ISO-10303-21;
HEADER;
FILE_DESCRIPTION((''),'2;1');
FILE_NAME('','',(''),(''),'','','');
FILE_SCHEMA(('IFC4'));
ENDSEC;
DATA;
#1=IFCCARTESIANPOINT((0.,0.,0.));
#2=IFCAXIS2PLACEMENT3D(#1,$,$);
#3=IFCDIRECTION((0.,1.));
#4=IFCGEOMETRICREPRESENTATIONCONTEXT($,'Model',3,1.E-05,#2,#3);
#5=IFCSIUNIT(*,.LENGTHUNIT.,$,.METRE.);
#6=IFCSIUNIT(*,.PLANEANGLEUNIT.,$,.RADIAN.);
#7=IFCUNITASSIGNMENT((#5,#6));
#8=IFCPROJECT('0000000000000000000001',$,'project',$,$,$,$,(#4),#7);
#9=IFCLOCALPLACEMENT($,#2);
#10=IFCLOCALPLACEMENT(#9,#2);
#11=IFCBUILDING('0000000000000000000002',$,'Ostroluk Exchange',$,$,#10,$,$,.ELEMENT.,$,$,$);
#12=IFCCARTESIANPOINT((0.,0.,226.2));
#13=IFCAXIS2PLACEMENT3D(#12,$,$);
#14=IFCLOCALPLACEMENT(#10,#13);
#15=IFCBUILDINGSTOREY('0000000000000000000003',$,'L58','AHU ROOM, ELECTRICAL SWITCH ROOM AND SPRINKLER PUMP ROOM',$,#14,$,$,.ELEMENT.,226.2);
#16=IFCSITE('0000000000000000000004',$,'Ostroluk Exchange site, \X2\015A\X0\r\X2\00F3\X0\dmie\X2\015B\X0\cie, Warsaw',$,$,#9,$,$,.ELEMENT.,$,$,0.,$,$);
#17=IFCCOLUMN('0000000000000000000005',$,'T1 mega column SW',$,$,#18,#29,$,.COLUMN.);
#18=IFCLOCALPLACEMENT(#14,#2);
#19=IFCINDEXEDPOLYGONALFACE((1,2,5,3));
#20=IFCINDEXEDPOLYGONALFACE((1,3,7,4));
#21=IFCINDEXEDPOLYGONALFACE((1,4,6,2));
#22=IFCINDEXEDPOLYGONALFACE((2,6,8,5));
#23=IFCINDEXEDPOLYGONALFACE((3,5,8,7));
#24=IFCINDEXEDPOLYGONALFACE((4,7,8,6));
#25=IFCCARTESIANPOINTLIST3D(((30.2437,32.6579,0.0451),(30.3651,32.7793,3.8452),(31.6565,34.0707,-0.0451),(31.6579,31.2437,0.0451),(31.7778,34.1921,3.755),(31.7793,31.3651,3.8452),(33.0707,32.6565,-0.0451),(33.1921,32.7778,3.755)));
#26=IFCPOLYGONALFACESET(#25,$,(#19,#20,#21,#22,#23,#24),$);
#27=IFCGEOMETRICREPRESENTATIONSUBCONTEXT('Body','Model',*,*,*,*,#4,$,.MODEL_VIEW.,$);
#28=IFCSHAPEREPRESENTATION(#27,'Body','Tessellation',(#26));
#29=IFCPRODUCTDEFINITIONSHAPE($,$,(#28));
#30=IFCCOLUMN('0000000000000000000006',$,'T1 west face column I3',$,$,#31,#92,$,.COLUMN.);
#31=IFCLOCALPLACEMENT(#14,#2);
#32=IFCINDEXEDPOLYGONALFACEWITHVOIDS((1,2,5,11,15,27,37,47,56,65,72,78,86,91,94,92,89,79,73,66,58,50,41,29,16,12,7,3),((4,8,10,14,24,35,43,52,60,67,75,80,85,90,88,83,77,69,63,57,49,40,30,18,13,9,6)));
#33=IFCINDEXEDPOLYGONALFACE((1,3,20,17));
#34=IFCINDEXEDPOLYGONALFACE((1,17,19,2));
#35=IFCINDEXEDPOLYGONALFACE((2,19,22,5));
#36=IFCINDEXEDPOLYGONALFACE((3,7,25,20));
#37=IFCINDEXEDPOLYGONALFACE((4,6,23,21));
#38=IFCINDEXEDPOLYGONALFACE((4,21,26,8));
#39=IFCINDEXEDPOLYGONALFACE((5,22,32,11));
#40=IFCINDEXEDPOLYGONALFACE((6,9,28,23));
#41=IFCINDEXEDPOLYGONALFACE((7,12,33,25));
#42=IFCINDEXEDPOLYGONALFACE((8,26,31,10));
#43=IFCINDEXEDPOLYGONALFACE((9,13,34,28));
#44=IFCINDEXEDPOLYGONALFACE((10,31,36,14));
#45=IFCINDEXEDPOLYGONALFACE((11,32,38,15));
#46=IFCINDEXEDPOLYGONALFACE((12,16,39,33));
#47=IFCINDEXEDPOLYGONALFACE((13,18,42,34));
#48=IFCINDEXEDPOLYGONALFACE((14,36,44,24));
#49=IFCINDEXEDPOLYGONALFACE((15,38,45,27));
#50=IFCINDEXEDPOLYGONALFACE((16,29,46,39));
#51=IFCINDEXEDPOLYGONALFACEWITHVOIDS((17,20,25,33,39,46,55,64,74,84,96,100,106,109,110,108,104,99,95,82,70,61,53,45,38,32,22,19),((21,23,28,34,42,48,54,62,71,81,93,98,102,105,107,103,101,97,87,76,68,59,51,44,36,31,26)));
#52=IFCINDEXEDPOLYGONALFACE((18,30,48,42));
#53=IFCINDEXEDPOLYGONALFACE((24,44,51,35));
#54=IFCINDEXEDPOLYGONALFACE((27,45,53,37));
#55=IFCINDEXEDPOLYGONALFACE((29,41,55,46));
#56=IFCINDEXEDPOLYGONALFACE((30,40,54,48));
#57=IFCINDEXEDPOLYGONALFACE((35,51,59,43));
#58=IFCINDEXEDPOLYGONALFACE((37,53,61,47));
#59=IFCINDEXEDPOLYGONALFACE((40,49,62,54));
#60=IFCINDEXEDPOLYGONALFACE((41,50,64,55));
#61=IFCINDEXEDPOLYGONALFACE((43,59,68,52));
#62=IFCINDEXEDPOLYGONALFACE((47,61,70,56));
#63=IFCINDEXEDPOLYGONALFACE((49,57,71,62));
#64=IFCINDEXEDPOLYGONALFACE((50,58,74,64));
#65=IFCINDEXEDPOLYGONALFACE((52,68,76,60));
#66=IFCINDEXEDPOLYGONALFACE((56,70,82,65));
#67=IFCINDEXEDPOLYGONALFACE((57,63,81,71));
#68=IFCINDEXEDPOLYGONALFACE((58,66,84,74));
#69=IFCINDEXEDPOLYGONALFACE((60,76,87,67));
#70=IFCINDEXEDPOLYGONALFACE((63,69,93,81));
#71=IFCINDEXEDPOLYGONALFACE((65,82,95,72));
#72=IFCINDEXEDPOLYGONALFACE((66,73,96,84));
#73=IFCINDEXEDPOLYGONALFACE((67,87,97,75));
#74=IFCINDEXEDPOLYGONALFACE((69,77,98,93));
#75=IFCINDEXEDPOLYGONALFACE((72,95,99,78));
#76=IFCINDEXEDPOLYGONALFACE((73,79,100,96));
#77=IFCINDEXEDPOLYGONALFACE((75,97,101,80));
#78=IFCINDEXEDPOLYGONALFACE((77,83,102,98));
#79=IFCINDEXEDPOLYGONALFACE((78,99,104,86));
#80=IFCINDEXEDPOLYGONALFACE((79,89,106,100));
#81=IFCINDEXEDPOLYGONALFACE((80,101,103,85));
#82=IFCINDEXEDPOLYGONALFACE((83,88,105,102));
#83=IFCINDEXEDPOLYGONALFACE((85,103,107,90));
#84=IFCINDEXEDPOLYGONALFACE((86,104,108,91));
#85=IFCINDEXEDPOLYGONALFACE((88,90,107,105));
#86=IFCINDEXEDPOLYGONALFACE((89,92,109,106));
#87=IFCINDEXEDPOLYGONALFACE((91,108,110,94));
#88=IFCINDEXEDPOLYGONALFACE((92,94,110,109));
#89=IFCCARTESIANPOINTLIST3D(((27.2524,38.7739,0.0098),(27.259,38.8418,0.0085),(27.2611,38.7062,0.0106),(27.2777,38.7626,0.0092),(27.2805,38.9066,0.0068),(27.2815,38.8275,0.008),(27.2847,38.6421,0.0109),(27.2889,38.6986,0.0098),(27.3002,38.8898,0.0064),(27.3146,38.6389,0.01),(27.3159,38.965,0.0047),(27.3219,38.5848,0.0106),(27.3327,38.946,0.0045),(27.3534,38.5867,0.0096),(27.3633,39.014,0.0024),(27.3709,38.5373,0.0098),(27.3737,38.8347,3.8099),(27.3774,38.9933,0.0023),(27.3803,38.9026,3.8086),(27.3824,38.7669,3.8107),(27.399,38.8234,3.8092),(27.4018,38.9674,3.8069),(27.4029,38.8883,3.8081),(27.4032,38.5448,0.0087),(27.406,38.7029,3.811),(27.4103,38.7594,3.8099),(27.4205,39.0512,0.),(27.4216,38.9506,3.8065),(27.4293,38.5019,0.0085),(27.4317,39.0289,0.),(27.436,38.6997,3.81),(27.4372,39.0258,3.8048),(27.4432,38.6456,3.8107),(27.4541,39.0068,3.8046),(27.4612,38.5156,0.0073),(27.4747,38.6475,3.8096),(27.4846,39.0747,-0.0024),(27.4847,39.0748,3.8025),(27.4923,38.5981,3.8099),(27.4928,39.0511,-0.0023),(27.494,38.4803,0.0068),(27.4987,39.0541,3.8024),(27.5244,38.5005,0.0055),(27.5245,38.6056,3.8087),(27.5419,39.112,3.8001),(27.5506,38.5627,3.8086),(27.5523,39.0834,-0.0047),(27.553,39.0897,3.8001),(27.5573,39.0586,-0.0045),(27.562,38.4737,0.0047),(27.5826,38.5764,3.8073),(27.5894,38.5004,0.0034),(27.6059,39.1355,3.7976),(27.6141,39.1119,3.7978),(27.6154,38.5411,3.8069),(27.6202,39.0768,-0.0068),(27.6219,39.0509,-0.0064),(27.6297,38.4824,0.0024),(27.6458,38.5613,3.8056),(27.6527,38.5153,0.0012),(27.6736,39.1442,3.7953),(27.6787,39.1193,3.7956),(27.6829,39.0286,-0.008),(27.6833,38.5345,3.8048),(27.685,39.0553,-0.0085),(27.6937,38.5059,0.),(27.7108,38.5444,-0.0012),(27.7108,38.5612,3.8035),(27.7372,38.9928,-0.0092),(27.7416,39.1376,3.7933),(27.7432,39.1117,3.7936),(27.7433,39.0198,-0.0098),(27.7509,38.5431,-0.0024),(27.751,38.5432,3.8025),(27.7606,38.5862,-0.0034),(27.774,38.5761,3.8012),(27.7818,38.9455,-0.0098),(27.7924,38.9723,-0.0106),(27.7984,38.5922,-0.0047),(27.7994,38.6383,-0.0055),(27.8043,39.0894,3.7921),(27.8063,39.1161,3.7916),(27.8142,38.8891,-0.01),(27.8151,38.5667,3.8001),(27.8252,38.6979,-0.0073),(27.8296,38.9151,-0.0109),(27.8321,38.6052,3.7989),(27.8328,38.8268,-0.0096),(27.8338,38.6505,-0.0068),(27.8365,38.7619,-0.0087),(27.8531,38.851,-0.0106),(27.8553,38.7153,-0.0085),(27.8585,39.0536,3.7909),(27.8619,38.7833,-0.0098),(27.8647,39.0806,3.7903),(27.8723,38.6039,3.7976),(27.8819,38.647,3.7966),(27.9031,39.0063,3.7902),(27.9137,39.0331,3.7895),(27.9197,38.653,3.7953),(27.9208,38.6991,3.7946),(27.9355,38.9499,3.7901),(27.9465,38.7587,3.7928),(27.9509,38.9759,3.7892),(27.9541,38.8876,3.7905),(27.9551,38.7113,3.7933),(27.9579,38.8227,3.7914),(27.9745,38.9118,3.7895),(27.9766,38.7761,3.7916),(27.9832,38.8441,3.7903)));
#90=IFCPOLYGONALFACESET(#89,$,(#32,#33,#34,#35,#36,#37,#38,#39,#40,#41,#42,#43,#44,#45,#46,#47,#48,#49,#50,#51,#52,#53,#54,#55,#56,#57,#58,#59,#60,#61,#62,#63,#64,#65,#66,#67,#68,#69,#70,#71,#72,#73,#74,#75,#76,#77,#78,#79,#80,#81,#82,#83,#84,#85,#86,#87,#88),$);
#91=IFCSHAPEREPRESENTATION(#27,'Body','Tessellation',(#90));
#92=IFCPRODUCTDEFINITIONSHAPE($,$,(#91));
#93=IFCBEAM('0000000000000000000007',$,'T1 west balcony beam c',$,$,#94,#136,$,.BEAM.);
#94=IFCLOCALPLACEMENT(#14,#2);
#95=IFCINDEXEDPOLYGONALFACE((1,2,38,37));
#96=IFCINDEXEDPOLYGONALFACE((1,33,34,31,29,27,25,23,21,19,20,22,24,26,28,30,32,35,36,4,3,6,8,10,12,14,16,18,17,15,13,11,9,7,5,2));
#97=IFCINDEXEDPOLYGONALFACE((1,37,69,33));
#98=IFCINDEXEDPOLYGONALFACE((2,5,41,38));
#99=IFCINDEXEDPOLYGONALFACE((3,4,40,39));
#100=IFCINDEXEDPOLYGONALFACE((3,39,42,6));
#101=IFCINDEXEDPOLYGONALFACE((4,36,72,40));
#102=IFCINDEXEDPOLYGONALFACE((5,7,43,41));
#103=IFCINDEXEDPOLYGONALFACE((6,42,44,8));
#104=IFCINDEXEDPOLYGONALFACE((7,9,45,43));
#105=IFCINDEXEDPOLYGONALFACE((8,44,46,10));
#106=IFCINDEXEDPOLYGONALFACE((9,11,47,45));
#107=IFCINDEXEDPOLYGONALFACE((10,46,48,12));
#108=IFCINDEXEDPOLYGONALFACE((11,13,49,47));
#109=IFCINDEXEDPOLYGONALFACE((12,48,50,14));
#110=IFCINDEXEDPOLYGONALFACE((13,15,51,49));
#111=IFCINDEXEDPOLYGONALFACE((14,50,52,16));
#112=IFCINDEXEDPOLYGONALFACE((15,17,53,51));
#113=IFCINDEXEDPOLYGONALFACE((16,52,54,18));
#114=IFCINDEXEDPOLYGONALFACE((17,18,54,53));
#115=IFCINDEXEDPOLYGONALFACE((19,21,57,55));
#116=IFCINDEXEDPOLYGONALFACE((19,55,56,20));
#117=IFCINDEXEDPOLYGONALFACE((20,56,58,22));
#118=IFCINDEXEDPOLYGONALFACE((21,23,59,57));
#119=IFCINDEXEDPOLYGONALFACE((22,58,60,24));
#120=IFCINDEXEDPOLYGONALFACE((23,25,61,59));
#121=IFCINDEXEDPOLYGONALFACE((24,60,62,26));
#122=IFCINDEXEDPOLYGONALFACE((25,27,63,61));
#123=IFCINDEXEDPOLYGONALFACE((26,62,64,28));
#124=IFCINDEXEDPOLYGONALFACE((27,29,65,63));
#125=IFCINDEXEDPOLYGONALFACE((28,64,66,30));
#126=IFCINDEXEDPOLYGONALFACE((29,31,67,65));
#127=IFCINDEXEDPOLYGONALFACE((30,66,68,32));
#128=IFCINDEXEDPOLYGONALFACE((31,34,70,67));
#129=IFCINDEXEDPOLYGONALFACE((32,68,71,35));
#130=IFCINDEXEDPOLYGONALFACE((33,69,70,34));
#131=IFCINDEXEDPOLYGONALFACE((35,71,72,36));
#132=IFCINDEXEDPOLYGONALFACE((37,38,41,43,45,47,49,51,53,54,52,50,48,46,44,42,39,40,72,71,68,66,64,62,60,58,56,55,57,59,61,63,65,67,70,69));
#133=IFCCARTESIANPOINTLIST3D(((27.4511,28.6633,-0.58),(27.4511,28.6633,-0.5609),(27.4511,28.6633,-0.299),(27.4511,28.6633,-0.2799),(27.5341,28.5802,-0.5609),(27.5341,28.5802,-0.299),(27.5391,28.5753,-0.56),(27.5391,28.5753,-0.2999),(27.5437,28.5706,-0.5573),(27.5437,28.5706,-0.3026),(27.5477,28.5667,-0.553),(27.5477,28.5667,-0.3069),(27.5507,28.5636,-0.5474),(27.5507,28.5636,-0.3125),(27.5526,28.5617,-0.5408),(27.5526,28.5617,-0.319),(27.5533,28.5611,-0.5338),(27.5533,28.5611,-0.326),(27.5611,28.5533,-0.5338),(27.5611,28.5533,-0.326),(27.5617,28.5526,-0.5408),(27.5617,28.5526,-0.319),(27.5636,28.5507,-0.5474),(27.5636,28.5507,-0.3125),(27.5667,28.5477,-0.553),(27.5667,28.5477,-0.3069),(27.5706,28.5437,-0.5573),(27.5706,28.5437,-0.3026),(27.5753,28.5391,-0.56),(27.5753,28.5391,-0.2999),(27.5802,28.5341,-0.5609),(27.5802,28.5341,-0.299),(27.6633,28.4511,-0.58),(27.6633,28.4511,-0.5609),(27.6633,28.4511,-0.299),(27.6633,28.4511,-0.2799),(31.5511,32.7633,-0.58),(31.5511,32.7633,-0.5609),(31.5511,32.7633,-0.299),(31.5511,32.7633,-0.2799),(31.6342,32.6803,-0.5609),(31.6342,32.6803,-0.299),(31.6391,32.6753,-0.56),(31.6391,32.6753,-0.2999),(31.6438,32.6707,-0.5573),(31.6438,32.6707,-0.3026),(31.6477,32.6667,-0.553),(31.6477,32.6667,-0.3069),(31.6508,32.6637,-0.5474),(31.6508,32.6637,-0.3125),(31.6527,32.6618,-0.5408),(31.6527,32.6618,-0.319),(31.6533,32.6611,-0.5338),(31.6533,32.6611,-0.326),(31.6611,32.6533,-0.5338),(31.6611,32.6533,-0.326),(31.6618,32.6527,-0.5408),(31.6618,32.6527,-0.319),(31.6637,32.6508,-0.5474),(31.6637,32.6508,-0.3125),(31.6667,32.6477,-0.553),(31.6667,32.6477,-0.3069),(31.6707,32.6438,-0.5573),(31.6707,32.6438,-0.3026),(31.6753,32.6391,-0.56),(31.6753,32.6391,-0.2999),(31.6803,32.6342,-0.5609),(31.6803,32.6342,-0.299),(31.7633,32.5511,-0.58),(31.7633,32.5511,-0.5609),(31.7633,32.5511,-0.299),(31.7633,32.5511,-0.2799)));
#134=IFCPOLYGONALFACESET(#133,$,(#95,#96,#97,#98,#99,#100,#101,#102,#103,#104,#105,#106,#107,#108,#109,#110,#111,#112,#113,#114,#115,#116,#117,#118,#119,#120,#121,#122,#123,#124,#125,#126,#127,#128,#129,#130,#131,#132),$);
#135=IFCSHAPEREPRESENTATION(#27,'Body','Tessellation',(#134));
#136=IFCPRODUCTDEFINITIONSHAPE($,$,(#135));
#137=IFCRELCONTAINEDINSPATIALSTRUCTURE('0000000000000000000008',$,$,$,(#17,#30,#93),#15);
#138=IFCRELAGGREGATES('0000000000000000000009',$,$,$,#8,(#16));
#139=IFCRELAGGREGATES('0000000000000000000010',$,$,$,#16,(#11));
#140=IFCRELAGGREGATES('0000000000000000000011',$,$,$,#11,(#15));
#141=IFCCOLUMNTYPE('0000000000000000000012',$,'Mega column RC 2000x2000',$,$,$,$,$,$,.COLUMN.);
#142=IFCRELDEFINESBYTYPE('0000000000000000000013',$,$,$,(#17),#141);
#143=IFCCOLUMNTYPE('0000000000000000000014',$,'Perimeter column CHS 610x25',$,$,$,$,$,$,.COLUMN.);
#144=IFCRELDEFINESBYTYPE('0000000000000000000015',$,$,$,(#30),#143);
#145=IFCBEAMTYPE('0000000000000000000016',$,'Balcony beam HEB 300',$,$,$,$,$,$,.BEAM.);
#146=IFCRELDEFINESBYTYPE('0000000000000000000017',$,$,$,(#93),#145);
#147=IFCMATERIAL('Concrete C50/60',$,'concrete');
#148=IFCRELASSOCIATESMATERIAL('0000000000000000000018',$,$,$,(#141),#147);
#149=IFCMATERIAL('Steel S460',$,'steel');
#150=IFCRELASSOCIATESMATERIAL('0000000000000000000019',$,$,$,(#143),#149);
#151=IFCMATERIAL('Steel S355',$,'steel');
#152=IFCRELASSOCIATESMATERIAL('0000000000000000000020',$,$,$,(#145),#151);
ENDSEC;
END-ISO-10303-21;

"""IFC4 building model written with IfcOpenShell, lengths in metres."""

from ifc_helpers import new_model, si_unit, direction, frame, origin, origin_2d, place, context, subcontext, project, spatial, rectangle, hollow_circle, i_section, extrude, material, material_profile, profile_set, type_object, element, save


model = new_model("IFC4")

# Units and contexts
model_context = context("Model", 3, precision=1e-05, world=origin(), true_north=direction((0.0, 1.0)))
body_context = subcontext(model_context, "Body", "Model", "MODEL_VIEW")
ifc_project = project(units=[si_unit("LENGTHUNIT", "METRE"), si_unit("PLANEANGLEUNIT", "RADIAN")], contexts=[model_context])

# Site, building, storey
site_placement = place(None, origin())
site = spatial("IfcSite", under=ifc_project, at=site_placement, Name="Ostroluk Exchange site, Śródmieście, Warsaw", CompositionType="ELEMENT", RefElevation=0.0)
building_placement = place(site_placement, origin())
building = spatial("IfcBuilding", under=site, at=building_placement, Name="Ostroluk Exchange", CompositionType="ELEMENT")
storey_placement = place(building_placement, frame((0.0, 0.0, 226.2)))
storey = spatial("IfcBuildingStorey", under=building, at=storey_placement, Name="L58", Description="AHU ROOM, ELECTRICAL SWITCH ROOM AND SPRINKLER PUMP ROOM", CompositionType="ELEMENT", Elevation=226.2)

# Columns
ifc_material_1 = material(Name="Concrete C50/60", Category="concrete")
ifc_material_profile_1 = material_profile(ifc_material_1, rectangle(XDim=2.0, YDim=2.0, at=origin_2d()), Name="RC 2000x2000")
ifc_profile_set_1 = profile_set([ifc_material_profile_1], Name="Concrete C50/60")
column_type_1 = type_object("IfcColumnType", Name="Mega column RC 2000x2000", PredefinedType="COLUMN", material=ifc_profile_set_1)
column_1_placement = place(storey_placement, frame((31.6572, 32.6572, 0.0), z_axis=(0.031898, 0.031898, 0.998982), x_axis=(-0.707107, 0.707107, 0.0)))
element("IfcColumn", 1, at=column_1_placement, inside=storey, type_object=column_type_1, Name="T1 mega column SW", PredefinedType="COLUMN", context=body_context, shape_type="SweptSolid", body=[
    extrude(rectangle(XDim=2.0, YDim=2.0, at=origin_2d()), origin(), (0.0, 0.0, 1.0), 3.804),
])
ifc_material_2 = material(Name="Steel S460", Category="steel")
ifc_material_profile_2 = material_profile(ifc_material_2, hollow_circle(Radius=0.3049, WallThickness=0.0249, at=origin_2d()), Name="CHS 610x25")
ifc_profile_set_2 = profile_set([ifc_material_profile_2], Name="Steel S460")
column_type_2 = type_object("IfcColumnType", Name="Perimeter column CHS 610x25", PredefinedType="COLUMN", material=ifc_profile_set_2)
column_2_placement = place(storey_placement, frame((27.5571, 38.7786, 0.0), z_axis=(0.03191, 0.015987, 0.999363), x_axis=(-0.447933, 0.894067, 0.0)))
element("IfcColumn", 2, at=column_2_placement, inside=storey, type_object=column_type_2, Name="T1 west face column I3", PredefinedType="COLUMN", context=body_context, shape_type="SweptSolid", body=[
    extrude(hollow_circle(Radius=0.3049, WallThickness=0.0249, at=origin_2d()), origin(), (0.0, 0.0, 1.0), 3.8025),
])

# Beam
ifc_material_3 = material(Name="Steel S355", Category="steel")
ifc_material_profile_3 = material_profile(ifc_material_3, i_section(OverallWidth=0.3, OverallDepth=0.3, WebThickness=0.011, FlangeThickness=0.019, FilletRadius=0.0271, at=origin_2d()), Name="HEB 300")
ifc_profile_set_3 = profile_set([ifc_material_profile_3], Name="Steel S355")
beam_type_1 = type_object("IfcBeamType", Name="Balcony beam HEB 300", PredefinedType="BEAM", material=ifc_profile_set_3)
beam_placement = place(storey_placement, frame((31.6572, 32.6572, -0.4299), z_axis=(-0.707107, -0.707107, 0.0), x_axis=(0.707107, -0.707107, 0.0)))
element("IfcBeam", 3, at=beam_placement, inside=storey, type_object=beam_type_1, Name="T1 west balcony beam c", PredefinedType="BEAM", context=body_context, shape_type="SweptSolid", body=[
    extrude(i_section(OverallWidth=0.3, OverallDepth=0.3, WebThickness=0.011, FlangeThickness=0.019, FilletRadius=0.0271, at=origin_2d()), origin(), (0.0, 0.0, 1.0), 5.7983),
])

save(model, "model.ifc")
